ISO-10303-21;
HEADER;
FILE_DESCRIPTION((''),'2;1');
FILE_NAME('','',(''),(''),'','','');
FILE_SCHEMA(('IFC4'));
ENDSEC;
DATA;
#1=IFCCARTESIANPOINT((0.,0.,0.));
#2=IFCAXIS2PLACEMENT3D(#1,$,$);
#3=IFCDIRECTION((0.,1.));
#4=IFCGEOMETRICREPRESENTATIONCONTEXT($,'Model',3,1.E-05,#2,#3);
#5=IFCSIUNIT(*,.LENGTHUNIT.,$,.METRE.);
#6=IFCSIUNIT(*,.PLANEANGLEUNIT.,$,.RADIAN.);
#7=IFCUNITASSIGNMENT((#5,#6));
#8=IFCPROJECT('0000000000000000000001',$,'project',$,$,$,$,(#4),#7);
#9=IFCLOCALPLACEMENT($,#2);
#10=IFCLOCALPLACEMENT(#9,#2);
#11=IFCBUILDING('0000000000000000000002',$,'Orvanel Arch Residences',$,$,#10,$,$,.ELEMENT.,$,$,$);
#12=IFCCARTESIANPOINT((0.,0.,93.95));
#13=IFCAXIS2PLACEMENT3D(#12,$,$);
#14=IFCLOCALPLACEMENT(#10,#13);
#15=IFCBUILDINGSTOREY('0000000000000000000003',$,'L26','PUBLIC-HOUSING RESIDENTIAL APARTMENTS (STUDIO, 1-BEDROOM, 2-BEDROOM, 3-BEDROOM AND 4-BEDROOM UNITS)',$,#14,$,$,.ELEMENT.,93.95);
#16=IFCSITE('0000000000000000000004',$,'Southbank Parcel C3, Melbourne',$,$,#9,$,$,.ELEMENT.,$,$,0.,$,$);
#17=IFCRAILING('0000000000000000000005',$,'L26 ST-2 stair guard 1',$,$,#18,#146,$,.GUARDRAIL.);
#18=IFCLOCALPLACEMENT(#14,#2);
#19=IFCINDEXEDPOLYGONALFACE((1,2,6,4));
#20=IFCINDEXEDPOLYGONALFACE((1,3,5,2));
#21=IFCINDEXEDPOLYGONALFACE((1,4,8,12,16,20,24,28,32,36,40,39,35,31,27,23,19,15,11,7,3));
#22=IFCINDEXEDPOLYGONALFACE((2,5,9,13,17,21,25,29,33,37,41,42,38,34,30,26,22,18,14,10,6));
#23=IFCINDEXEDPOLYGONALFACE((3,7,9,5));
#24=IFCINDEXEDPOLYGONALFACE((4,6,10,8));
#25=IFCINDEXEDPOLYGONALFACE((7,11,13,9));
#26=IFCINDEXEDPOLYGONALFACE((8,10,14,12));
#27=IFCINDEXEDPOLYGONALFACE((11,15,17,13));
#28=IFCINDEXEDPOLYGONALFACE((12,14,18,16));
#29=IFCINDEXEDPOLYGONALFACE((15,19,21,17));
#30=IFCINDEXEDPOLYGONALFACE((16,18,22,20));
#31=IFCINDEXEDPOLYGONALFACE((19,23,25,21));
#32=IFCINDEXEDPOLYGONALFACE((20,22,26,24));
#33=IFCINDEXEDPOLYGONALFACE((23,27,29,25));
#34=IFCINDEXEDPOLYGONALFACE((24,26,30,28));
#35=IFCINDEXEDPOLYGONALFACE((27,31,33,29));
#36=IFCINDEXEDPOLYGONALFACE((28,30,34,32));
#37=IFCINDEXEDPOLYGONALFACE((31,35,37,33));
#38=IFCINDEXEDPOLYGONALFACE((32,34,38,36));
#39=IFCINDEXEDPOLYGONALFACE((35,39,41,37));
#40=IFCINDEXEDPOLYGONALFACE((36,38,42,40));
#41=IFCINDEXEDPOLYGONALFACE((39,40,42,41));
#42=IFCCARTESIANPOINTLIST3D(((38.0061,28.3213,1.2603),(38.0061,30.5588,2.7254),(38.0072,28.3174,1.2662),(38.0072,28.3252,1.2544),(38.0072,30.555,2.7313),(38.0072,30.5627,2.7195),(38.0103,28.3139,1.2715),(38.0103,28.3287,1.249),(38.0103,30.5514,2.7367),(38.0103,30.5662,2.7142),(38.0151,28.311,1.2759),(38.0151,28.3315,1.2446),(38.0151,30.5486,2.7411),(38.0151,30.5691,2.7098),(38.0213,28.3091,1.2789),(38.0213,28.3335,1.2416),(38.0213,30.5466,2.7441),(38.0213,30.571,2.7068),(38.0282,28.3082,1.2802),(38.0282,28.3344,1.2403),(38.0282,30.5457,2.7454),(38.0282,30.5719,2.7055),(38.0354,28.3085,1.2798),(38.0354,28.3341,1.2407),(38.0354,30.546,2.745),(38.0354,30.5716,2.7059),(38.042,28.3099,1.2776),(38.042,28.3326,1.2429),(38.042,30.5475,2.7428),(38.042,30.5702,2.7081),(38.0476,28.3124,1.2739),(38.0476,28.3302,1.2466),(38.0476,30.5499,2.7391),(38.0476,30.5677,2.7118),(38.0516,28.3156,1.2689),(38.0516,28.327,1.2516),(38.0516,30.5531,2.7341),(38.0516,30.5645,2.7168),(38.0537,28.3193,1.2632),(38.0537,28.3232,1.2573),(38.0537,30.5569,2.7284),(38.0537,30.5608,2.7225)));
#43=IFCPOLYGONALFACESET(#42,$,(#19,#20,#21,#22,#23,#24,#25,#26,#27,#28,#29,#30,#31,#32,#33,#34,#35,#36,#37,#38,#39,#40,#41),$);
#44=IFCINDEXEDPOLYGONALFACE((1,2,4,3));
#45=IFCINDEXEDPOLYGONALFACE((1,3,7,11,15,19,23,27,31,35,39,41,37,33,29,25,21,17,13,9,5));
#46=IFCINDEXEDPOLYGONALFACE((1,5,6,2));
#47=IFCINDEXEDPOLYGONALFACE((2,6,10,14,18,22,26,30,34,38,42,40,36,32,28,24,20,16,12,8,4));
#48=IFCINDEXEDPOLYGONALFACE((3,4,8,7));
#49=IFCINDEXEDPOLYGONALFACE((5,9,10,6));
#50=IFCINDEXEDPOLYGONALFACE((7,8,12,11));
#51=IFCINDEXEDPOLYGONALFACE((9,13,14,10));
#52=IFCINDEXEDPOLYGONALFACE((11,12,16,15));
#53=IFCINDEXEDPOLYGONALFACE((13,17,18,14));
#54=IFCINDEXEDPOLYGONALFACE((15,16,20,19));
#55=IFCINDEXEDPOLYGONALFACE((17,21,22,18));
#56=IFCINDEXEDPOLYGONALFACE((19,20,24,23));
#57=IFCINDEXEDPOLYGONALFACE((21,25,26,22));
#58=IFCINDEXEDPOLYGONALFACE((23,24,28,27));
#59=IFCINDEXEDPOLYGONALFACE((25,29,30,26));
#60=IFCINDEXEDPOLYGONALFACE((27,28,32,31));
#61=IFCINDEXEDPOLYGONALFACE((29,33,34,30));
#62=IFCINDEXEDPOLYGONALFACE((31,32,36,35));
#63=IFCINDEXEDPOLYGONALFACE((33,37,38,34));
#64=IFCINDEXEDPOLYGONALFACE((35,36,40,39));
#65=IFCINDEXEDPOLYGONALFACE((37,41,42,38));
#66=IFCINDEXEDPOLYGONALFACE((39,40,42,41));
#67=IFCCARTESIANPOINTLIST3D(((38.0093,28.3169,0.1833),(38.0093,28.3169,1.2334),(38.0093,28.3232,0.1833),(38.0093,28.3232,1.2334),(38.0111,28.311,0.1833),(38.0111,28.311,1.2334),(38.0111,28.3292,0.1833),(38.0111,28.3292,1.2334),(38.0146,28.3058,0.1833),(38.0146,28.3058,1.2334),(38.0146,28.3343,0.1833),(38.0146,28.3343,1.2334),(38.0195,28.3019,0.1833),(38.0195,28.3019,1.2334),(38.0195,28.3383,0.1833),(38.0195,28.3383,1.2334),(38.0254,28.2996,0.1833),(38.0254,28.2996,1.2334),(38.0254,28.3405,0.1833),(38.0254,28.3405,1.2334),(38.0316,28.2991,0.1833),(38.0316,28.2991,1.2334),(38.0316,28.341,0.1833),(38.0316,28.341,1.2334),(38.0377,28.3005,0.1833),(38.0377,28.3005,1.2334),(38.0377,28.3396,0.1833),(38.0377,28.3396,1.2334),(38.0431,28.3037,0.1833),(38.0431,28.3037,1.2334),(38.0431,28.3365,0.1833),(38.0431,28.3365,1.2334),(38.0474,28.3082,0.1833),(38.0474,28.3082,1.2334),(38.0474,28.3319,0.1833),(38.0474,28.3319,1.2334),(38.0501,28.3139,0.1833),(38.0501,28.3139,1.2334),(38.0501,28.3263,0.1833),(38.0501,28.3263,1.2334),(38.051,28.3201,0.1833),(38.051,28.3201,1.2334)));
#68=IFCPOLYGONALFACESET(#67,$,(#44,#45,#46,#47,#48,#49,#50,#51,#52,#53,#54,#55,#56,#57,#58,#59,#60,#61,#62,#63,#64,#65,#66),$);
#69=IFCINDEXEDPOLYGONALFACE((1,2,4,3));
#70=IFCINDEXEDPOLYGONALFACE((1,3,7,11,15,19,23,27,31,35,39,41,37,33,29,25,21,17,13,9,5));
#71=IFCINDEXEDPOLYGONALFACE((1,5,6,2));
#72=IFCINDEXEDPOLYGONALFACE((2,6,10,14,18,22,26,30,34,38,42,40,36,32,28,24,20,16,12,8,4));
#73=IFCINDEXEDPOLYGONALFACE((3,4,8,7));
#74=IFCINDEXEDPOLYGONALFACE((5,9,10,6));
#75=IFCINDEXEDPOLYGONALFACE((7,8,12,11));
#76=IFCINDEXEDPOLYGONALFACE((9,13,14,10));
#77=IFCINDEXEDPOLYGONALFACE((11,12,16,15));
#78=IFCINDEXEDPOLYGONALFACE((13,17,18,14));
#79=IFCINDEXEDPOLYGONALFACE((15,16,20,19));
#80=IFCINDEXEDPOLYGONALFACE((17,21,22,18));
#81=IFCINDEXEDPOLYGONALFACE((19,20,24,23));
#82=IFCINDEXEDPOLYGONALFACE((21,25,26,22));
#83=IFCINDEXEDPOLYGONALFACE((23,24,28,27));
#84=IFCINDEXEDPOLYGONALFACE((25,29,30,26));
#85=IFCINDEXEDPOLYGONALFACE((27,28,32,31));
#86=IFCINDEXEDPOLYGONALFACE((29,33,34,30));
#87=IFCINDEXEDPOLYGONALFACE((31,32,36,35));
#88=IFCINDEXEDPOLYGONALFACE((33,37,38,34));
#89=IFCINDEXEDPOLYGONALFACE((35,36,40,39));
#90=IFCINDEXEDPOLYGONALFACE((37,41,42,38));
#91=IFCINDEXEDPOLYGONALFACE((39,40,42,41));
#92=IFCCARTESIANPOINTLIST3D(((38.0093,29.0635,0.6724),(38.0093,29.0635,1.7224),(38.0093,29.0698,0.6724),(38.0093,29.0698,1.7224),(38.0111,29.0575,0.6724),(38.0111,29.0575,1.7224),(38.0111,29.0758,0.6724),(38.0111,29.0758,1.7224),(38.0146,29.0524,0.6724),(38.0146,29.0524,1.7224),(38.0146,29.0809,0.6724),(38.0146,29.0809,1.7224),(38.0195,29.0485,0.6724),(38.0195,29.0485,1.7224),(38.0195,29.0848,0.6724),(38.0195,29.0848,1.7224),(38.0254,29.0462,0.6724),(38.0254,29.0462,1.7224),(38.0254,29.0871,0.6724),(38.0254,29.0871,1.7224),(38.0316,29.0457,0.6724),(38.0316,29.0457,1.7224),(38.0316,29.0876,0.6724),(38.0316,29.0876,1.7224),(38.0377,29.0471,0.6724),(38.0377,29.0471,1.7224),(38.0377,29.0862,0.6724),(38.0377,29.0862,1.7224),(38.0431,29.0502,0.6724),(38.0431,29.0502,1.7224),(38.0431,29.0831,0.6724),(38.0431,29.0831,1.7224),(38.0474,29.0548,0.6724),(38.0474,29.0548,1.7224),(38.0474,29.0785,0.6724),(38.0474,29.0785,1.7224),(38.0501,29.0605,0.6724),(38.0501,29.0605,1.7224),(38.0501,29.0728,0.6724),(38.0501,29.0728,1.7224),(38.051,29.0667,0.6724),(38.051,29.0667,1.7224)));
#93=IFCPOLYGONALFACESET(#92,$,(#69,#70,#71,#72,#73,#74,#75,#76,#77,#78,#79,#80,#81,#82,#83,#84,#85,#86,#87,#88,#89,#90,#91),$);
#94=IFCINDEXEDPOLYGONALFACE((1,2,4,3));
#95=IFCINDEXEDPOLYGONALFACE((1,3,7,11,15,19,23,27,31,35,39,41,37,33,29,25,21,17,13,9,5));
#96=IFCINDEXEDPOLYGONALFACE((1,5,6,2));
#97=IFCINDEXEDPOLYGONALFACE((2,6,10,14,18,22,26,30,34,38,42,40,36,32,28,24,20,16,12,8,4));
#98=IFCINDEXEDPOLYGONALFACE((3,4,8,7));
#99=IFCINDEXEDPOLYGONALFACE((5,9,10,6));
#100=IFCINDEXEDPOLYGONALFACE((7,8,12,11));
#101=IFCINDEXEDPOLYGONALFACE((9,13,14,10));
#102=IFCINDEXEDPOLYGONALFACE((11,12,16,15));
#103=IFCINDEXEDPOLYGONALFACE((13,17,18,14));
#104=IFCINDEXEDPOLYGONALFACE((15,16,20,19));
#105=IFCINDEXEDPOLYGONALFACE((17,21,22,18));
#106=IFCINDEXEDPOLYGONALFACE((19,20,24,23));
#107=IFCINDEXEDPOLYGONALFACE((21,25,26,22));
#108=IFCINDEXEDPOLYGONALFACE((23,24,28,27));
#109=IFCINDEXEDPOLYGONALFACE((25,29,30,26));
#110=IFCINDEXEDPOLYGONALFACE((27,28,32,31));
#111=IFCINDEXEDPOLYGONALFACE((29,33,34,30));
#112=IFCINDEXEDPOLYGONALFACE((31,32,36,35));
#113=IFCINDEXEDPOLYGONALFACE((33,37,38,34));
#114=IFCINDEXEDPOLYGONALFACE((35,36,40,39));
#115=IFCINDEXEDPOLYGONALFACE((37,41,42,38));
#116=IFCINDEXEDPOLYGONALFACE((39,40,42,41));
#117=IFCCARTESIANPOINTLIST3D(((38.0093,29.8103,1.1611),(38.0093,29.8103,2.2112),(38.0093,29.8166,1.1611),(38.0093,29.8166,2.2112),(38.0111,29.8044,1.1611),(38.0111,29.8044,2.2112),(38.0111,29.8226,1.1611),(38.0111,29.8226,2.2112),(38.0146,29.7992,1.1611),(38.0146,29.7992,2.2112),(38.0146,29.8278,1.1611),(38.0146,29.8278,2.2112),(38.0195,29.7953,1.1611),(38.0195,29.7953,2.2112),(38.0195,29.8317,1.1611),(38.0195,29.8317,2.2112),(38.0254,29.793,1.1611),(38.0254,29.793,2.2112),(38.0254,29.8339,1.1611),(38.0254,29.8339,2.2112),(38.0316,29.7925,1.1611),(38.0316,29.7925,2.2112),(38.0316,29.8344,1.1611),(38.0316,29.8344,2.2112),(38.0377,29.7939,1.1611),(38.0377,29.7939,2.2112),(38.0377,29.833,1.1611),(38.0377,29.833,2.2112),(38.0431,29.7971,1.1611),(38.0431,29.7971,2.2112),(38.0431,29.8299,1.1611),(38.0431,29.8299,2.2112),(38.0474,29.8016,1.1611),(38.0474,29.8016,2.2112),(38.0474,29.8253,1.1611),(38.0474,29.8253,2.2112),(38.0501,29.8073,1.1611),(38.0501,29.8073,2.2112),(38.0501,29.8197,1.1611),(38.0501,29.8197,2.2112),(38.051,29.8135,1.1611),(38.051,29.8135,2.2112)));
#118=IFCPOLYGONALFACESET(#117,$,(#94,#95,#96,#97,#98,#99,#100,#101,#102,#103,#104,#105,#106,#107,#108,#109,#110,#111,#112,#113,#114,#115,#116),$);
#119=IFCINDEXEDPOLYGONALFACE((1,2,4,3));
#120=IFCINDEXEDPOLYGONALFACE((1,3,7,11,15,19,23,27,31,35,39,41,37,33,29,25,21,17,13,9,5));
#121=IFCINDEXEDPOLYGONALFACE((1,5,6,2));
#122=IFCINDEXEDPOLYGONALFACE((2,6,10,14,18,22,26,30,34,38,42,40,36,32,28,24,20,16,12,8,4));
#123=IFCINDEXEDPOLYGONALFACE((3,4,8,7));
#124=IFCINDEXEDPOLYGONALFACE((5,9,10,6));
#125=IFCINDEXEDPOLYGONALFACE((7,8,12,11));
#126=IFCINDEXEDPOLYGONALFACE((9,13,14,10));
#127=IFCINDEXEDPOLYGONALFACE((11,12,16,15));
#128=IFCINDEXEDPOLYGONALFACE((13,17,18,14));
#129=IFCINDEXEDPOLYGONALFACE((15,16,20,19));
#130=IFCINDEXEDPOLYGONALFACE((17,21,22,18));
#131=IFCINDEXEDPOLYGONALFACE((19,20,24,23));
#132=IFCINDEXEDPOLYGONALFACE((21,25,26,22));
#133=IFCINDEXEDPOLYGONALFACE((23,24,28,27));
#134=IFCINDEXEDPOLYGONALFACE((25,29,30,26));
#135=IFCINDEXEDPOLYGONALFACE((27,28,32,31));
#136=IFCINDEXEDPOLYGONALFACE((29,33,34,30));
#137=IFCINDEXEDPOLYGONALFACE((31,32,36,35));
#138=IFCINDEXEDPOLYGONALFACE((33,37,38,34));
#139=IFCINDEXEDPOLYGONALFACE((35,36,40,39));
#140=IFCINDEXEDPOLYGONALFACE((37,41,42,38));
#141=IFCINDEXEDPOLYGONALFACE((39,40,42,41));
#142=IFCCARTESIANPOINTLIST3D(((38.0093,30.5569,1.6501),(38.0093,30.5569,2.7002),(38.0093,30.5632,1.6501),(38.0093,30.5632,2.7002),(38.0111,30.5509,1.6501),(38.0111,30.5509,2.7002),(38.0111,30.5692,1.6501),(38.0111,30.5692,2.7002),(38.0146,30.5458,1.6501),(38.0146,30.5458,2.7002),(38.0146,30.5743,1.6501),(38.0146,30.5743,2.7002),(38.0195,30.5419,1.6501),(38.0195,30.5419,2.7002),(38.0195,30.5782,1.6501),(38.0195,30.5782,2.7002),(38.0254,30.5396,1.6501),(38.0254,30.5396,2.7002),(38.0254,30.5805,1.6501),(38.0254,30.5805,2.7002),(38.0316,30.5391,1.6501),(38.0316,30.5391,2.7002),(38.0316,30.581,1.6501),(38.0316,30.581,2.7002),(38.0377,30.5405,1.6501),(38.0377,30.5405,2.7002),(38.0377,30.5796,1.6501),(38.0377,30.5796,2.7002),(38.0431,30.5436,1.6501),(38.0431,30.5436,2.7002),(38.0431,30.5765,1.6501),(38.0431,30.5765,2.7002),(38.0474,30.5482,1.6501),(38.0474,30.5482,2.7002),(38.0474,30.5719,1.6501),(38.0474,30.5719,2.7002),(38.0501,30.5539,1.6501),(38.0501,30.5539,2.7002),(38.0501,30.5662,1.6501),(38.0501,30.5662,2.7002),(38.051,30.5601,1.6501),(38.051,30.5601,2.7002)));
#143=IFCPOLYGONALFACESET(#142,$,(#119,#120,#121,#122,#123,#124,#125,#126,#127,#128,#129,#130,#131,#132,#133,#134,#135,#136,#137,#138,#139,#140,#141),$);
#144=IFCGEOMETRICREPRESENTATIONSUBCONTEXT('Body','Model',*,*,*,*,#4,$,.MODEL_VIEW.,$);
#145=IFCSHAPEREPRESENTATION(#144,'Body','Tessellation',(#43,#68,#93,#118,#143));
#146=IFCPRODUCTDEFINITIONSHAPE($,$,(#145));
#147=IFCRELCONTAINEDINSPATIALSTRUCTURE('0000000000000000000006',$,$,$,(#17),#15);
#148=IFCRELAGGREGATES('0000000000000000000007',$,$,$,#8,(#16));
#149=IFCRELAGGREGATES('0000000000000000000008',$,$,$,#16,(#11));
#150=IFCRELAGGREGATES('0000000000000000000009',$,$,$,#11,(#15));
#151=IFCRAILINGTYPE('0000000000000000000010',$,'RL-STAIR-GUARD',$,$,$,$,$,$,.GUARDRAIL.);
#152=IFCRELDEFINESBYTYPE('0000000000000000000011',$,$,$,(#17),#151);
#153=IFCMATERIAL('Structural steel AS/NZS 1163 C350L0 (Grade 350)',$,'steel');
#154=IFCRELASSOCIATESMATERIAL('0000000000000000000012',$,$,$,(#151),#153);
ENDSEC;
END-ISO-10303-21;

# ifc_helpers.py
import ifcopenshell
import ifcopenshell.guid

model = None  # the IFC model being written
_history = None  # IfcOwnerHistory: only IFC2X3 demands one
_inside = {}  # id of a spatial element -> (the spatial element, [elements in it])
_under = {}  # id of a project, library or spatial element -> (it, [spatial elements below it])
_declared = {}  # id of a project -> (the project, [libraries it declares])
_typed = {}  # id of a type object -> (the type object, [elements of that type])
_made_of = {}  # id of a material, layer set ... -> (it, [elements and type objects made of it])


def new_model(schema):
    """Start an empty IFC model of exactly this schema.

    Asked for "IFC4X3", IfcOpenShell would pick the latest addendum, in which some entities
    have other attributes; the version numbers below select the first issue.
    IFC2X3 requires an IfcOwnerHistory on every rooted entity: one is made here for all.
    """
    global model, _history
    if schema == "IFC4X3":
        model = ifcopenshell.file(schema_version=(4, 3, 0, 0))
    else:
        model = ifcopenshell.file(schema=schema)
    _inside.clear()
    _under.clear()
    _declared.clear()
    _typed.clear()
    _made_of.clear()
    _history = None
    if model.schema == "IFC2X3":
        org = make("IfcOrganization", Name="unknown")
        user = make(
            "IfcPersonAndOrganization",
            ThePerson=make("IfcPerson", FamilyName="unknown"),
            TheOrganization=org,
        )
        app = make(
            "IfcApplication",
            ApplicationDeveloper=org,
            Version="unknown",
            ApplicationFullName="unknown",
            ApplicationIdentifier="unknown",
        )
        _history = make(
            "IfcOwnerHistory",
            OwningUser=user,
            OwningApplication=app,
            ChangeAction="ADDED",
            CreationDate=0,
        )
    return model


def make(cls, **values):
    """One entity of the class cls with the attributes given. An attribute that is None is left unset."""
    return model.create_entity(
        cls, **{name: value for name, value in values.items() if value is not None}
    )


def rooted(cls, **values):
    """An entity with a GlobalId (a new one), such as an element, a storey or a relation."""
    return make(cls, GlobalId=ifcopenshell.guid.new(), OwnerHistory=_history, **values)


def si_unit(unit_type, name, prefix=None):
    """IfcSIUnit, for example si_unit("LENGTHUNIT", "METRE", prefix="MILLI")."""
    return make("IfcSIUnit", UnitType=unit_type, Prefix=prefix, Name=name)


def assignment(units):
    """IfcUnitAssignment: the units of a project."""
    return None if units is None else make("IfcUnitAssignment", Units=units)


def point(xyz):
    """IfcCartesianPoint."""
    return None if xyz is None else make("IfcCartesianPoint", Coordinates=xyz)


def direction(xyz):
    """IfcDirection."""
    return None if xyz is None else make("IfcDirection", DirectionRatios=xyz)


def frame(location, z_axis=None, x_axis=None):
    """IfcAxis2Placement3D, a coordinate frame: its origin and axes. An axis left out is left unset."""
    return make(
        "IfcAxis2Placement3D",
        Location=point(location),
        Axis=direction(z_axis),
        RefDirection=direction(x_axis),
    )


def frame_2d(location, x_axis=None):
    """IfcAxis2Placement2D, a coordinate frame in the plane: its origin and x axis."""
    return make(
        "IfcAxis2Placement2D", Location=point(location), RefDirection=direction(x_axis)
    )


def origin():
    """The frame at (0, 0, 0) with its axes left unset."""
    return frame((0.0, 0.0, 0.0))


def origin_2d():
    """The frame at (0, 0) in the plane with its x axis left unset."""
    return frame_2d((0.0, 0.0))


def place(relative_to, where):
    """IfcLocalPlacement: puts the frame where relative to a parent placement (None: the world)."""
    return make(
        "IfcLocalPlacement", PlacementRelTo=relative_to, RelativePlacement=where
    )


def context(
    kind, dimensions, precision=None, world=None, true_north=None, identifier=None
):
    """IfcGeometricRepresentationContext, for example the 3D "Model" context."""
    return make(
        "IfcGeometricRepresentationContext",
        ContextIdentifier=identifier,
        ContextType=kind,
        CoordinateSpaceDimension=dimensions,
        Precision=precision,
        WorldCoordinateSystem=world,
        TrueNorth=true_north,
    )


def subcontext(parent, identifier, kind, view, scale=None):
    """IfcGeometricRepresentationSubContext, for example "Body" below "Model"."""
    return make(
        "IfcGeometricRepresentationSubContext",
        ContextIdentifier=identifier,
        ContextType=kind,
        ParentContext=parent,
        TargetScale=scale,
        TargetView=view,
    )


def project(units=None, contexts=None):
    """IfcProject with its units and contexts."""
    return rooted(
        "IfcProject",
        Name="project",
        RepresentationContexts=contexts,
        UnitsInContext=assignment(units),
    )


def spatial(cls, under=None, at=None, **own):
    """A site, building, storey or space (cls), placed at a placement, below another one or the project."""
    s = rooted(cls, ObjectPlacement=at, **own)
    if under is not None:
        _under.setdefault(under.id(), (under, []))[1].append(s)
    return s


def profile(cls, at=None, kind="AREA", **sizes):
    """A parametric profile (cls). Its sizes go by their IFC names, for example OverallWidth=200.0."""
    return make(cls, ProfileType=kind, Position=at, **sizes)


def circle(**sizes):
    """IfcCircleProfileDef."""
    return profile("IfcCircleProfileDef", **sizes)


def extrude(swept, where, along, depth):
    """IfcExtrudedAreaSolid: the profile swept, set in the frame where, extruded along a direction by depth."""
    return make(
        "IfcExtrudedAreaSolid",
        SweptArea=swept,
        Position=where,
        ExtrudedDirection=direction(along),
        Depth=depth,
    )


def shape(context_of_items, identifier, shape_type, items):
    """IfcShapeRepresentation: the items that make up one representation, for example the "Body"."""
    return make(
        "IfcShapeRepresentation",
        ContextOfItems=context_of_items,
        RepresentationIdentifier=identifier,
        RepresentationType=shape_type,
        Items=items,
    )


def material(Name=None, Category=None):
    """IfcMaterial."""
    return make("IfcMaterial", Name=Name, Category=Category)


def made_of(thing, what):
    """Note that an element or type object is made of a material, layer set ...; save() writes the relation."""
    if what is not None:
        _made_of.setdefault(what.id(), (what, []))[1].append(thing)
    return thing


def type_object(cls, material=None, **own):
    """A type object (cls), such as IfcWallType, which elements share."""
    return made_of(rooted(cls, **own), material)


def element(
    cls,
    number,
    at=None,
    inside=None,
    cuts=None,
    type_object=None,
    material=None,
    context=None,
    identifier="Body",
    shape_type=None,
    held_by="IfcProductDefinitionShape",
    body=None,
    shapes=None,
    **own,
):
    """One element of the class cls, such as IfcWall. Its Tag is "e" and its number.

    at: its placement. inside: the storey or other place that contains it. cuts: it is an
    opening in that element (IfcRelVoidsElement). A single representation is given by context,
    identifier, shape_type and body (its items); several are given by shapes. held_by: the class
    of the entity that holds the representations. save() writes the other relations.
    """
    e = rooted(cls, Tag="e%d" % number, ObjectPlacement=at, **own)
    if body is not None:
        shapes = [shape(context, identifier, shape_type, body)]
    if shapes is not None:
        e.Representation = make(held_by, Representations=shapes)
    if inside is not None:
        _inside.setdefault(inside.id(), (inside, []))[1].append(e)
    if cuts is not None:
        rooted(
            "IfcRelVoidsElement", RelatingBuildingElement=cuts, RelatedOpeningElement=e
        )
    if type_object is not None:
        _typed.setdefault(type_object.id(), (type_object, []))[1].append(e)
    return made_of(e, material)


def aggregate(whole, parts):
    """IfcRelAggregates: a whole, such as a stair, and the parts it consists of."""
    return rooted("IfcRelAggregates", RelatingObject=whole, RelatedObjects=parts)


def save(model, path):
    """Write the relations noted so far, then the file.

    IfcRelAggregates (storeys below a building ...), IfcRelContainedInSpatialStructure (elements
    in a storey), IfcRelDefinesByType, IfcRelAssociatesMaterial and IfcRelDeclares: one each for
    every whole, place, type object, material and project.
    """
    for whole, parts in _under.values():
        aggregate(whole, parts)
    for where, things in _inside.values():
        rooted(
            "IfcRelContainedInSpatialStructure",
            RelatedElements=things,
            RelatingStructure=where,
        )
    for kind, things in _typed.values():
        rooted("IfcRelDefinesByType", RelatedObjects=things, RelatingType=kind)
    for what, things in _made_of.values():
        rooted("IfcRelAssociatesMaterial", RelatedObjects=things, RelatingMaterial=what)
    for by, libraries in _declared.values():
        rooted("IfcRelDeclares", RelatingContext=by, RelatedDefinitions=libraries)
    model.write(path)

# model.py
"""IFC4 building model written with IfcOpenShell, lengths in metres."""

from ifc_helpers import new_model, si_unit, direction, frame, origin, origin_2d, place, context, subcontext, project, spatial, circle, extrude, material, type_object, element, save


model = new_model("IFC4")

# Units and contexts
model_context = context("Model", 3, precision=1e-05, world=origin(), true_north=direction((0.0, 1.0)))
body_context = subcontext(model_context, "Body", "Model", "MODEL_VIEW")
ifc_project = project(units=[si_unit("LENGTHUNIT", "METRE"), si_unit("PLANEANGLEUNIT", "RADIAN")], contexts=[model_context])

# Site, building, storey
site_placement = place(None, origin())
site = spatial("IfcSite", under=ifc_project, at=site_placement, Name="Southbank Parcel C3, Melbourne", CompositionType="ELEMENT", RefElevation=0.0)
building_placement = place(site_placement, origin())
building = spatial("IfcBuilding", under=site, at=building_placement, Name="Orvanel Arch Residences", CompositionType="ELEMENT")
storey_placement = place(building_placement, frame((0.0, 0.0, 93.95)))
storey = spatial("IfcBuildingStorey", under=building, at=storey_placement, Name="L26", Description="PUBLIC-HOUSING RESIDENTIAL APARTMENTS (STUDIO, 1-BEDROOM, 2-BEDROOM, 3-BEDROOM AND 4-BEDROOM UNITS)", CompositionType="ELEMENT", Elevation=93.95)

# Railing
ifc_material_1 = material(Name="Structural steel AS/NZS 1163 C350L0 (Grade 350)", Category="steel")
railing_type_1 = type_object("IfcRailingType", Name="RL-STAIR-GUARD", PredefinedType="GUARDRAIL", material=ifc_material_1)
railing_1_placement = place(storey_placement, frame((38.03, 28.3201, 0.1833)))
element("IfcRailing", 1, at=railing_1_placement, inside=storey, type_object=railing_type_1, Name="L26 ST-2 stair guard 1", PredefinedType="GUARDRAIL", context=body_context, shape_type="SweptSolid", body=[
    extrude(circle(Radius=0.0239, at=origin_2d()), frame((0.0, 0.0012, 1.0769), z_axis=(0.0, 0.836595, 0.547822), x_axis=(-1.0, 0.0, 0.0)), (0.0, 0.0, 1.0), 2.6746),
    extrude(circle(Radius=0.021, at=origin_2d()), origin(), (0.0, 0.0, 1.0), 1.05),
    extrude(circle(Radius=0.021, at=origin_2d()), frame((0.0, 0.7466, 0.489)), (0.0, 0.0, 1.0), 1.05),
    extrude(circle(Radius=0.021, at=origin_2d()), frame((0.0, 1.4934, 0.9778)), (0.0, 0.0, 1.0), 1.05),
    extrude(circle(Radius=0.021, at=origin_2d()), frame((0.0, 2.24, 1.4668)), (0.0, 0.0, 1.0), 1.05),
])

save(model, "model.ifc")
